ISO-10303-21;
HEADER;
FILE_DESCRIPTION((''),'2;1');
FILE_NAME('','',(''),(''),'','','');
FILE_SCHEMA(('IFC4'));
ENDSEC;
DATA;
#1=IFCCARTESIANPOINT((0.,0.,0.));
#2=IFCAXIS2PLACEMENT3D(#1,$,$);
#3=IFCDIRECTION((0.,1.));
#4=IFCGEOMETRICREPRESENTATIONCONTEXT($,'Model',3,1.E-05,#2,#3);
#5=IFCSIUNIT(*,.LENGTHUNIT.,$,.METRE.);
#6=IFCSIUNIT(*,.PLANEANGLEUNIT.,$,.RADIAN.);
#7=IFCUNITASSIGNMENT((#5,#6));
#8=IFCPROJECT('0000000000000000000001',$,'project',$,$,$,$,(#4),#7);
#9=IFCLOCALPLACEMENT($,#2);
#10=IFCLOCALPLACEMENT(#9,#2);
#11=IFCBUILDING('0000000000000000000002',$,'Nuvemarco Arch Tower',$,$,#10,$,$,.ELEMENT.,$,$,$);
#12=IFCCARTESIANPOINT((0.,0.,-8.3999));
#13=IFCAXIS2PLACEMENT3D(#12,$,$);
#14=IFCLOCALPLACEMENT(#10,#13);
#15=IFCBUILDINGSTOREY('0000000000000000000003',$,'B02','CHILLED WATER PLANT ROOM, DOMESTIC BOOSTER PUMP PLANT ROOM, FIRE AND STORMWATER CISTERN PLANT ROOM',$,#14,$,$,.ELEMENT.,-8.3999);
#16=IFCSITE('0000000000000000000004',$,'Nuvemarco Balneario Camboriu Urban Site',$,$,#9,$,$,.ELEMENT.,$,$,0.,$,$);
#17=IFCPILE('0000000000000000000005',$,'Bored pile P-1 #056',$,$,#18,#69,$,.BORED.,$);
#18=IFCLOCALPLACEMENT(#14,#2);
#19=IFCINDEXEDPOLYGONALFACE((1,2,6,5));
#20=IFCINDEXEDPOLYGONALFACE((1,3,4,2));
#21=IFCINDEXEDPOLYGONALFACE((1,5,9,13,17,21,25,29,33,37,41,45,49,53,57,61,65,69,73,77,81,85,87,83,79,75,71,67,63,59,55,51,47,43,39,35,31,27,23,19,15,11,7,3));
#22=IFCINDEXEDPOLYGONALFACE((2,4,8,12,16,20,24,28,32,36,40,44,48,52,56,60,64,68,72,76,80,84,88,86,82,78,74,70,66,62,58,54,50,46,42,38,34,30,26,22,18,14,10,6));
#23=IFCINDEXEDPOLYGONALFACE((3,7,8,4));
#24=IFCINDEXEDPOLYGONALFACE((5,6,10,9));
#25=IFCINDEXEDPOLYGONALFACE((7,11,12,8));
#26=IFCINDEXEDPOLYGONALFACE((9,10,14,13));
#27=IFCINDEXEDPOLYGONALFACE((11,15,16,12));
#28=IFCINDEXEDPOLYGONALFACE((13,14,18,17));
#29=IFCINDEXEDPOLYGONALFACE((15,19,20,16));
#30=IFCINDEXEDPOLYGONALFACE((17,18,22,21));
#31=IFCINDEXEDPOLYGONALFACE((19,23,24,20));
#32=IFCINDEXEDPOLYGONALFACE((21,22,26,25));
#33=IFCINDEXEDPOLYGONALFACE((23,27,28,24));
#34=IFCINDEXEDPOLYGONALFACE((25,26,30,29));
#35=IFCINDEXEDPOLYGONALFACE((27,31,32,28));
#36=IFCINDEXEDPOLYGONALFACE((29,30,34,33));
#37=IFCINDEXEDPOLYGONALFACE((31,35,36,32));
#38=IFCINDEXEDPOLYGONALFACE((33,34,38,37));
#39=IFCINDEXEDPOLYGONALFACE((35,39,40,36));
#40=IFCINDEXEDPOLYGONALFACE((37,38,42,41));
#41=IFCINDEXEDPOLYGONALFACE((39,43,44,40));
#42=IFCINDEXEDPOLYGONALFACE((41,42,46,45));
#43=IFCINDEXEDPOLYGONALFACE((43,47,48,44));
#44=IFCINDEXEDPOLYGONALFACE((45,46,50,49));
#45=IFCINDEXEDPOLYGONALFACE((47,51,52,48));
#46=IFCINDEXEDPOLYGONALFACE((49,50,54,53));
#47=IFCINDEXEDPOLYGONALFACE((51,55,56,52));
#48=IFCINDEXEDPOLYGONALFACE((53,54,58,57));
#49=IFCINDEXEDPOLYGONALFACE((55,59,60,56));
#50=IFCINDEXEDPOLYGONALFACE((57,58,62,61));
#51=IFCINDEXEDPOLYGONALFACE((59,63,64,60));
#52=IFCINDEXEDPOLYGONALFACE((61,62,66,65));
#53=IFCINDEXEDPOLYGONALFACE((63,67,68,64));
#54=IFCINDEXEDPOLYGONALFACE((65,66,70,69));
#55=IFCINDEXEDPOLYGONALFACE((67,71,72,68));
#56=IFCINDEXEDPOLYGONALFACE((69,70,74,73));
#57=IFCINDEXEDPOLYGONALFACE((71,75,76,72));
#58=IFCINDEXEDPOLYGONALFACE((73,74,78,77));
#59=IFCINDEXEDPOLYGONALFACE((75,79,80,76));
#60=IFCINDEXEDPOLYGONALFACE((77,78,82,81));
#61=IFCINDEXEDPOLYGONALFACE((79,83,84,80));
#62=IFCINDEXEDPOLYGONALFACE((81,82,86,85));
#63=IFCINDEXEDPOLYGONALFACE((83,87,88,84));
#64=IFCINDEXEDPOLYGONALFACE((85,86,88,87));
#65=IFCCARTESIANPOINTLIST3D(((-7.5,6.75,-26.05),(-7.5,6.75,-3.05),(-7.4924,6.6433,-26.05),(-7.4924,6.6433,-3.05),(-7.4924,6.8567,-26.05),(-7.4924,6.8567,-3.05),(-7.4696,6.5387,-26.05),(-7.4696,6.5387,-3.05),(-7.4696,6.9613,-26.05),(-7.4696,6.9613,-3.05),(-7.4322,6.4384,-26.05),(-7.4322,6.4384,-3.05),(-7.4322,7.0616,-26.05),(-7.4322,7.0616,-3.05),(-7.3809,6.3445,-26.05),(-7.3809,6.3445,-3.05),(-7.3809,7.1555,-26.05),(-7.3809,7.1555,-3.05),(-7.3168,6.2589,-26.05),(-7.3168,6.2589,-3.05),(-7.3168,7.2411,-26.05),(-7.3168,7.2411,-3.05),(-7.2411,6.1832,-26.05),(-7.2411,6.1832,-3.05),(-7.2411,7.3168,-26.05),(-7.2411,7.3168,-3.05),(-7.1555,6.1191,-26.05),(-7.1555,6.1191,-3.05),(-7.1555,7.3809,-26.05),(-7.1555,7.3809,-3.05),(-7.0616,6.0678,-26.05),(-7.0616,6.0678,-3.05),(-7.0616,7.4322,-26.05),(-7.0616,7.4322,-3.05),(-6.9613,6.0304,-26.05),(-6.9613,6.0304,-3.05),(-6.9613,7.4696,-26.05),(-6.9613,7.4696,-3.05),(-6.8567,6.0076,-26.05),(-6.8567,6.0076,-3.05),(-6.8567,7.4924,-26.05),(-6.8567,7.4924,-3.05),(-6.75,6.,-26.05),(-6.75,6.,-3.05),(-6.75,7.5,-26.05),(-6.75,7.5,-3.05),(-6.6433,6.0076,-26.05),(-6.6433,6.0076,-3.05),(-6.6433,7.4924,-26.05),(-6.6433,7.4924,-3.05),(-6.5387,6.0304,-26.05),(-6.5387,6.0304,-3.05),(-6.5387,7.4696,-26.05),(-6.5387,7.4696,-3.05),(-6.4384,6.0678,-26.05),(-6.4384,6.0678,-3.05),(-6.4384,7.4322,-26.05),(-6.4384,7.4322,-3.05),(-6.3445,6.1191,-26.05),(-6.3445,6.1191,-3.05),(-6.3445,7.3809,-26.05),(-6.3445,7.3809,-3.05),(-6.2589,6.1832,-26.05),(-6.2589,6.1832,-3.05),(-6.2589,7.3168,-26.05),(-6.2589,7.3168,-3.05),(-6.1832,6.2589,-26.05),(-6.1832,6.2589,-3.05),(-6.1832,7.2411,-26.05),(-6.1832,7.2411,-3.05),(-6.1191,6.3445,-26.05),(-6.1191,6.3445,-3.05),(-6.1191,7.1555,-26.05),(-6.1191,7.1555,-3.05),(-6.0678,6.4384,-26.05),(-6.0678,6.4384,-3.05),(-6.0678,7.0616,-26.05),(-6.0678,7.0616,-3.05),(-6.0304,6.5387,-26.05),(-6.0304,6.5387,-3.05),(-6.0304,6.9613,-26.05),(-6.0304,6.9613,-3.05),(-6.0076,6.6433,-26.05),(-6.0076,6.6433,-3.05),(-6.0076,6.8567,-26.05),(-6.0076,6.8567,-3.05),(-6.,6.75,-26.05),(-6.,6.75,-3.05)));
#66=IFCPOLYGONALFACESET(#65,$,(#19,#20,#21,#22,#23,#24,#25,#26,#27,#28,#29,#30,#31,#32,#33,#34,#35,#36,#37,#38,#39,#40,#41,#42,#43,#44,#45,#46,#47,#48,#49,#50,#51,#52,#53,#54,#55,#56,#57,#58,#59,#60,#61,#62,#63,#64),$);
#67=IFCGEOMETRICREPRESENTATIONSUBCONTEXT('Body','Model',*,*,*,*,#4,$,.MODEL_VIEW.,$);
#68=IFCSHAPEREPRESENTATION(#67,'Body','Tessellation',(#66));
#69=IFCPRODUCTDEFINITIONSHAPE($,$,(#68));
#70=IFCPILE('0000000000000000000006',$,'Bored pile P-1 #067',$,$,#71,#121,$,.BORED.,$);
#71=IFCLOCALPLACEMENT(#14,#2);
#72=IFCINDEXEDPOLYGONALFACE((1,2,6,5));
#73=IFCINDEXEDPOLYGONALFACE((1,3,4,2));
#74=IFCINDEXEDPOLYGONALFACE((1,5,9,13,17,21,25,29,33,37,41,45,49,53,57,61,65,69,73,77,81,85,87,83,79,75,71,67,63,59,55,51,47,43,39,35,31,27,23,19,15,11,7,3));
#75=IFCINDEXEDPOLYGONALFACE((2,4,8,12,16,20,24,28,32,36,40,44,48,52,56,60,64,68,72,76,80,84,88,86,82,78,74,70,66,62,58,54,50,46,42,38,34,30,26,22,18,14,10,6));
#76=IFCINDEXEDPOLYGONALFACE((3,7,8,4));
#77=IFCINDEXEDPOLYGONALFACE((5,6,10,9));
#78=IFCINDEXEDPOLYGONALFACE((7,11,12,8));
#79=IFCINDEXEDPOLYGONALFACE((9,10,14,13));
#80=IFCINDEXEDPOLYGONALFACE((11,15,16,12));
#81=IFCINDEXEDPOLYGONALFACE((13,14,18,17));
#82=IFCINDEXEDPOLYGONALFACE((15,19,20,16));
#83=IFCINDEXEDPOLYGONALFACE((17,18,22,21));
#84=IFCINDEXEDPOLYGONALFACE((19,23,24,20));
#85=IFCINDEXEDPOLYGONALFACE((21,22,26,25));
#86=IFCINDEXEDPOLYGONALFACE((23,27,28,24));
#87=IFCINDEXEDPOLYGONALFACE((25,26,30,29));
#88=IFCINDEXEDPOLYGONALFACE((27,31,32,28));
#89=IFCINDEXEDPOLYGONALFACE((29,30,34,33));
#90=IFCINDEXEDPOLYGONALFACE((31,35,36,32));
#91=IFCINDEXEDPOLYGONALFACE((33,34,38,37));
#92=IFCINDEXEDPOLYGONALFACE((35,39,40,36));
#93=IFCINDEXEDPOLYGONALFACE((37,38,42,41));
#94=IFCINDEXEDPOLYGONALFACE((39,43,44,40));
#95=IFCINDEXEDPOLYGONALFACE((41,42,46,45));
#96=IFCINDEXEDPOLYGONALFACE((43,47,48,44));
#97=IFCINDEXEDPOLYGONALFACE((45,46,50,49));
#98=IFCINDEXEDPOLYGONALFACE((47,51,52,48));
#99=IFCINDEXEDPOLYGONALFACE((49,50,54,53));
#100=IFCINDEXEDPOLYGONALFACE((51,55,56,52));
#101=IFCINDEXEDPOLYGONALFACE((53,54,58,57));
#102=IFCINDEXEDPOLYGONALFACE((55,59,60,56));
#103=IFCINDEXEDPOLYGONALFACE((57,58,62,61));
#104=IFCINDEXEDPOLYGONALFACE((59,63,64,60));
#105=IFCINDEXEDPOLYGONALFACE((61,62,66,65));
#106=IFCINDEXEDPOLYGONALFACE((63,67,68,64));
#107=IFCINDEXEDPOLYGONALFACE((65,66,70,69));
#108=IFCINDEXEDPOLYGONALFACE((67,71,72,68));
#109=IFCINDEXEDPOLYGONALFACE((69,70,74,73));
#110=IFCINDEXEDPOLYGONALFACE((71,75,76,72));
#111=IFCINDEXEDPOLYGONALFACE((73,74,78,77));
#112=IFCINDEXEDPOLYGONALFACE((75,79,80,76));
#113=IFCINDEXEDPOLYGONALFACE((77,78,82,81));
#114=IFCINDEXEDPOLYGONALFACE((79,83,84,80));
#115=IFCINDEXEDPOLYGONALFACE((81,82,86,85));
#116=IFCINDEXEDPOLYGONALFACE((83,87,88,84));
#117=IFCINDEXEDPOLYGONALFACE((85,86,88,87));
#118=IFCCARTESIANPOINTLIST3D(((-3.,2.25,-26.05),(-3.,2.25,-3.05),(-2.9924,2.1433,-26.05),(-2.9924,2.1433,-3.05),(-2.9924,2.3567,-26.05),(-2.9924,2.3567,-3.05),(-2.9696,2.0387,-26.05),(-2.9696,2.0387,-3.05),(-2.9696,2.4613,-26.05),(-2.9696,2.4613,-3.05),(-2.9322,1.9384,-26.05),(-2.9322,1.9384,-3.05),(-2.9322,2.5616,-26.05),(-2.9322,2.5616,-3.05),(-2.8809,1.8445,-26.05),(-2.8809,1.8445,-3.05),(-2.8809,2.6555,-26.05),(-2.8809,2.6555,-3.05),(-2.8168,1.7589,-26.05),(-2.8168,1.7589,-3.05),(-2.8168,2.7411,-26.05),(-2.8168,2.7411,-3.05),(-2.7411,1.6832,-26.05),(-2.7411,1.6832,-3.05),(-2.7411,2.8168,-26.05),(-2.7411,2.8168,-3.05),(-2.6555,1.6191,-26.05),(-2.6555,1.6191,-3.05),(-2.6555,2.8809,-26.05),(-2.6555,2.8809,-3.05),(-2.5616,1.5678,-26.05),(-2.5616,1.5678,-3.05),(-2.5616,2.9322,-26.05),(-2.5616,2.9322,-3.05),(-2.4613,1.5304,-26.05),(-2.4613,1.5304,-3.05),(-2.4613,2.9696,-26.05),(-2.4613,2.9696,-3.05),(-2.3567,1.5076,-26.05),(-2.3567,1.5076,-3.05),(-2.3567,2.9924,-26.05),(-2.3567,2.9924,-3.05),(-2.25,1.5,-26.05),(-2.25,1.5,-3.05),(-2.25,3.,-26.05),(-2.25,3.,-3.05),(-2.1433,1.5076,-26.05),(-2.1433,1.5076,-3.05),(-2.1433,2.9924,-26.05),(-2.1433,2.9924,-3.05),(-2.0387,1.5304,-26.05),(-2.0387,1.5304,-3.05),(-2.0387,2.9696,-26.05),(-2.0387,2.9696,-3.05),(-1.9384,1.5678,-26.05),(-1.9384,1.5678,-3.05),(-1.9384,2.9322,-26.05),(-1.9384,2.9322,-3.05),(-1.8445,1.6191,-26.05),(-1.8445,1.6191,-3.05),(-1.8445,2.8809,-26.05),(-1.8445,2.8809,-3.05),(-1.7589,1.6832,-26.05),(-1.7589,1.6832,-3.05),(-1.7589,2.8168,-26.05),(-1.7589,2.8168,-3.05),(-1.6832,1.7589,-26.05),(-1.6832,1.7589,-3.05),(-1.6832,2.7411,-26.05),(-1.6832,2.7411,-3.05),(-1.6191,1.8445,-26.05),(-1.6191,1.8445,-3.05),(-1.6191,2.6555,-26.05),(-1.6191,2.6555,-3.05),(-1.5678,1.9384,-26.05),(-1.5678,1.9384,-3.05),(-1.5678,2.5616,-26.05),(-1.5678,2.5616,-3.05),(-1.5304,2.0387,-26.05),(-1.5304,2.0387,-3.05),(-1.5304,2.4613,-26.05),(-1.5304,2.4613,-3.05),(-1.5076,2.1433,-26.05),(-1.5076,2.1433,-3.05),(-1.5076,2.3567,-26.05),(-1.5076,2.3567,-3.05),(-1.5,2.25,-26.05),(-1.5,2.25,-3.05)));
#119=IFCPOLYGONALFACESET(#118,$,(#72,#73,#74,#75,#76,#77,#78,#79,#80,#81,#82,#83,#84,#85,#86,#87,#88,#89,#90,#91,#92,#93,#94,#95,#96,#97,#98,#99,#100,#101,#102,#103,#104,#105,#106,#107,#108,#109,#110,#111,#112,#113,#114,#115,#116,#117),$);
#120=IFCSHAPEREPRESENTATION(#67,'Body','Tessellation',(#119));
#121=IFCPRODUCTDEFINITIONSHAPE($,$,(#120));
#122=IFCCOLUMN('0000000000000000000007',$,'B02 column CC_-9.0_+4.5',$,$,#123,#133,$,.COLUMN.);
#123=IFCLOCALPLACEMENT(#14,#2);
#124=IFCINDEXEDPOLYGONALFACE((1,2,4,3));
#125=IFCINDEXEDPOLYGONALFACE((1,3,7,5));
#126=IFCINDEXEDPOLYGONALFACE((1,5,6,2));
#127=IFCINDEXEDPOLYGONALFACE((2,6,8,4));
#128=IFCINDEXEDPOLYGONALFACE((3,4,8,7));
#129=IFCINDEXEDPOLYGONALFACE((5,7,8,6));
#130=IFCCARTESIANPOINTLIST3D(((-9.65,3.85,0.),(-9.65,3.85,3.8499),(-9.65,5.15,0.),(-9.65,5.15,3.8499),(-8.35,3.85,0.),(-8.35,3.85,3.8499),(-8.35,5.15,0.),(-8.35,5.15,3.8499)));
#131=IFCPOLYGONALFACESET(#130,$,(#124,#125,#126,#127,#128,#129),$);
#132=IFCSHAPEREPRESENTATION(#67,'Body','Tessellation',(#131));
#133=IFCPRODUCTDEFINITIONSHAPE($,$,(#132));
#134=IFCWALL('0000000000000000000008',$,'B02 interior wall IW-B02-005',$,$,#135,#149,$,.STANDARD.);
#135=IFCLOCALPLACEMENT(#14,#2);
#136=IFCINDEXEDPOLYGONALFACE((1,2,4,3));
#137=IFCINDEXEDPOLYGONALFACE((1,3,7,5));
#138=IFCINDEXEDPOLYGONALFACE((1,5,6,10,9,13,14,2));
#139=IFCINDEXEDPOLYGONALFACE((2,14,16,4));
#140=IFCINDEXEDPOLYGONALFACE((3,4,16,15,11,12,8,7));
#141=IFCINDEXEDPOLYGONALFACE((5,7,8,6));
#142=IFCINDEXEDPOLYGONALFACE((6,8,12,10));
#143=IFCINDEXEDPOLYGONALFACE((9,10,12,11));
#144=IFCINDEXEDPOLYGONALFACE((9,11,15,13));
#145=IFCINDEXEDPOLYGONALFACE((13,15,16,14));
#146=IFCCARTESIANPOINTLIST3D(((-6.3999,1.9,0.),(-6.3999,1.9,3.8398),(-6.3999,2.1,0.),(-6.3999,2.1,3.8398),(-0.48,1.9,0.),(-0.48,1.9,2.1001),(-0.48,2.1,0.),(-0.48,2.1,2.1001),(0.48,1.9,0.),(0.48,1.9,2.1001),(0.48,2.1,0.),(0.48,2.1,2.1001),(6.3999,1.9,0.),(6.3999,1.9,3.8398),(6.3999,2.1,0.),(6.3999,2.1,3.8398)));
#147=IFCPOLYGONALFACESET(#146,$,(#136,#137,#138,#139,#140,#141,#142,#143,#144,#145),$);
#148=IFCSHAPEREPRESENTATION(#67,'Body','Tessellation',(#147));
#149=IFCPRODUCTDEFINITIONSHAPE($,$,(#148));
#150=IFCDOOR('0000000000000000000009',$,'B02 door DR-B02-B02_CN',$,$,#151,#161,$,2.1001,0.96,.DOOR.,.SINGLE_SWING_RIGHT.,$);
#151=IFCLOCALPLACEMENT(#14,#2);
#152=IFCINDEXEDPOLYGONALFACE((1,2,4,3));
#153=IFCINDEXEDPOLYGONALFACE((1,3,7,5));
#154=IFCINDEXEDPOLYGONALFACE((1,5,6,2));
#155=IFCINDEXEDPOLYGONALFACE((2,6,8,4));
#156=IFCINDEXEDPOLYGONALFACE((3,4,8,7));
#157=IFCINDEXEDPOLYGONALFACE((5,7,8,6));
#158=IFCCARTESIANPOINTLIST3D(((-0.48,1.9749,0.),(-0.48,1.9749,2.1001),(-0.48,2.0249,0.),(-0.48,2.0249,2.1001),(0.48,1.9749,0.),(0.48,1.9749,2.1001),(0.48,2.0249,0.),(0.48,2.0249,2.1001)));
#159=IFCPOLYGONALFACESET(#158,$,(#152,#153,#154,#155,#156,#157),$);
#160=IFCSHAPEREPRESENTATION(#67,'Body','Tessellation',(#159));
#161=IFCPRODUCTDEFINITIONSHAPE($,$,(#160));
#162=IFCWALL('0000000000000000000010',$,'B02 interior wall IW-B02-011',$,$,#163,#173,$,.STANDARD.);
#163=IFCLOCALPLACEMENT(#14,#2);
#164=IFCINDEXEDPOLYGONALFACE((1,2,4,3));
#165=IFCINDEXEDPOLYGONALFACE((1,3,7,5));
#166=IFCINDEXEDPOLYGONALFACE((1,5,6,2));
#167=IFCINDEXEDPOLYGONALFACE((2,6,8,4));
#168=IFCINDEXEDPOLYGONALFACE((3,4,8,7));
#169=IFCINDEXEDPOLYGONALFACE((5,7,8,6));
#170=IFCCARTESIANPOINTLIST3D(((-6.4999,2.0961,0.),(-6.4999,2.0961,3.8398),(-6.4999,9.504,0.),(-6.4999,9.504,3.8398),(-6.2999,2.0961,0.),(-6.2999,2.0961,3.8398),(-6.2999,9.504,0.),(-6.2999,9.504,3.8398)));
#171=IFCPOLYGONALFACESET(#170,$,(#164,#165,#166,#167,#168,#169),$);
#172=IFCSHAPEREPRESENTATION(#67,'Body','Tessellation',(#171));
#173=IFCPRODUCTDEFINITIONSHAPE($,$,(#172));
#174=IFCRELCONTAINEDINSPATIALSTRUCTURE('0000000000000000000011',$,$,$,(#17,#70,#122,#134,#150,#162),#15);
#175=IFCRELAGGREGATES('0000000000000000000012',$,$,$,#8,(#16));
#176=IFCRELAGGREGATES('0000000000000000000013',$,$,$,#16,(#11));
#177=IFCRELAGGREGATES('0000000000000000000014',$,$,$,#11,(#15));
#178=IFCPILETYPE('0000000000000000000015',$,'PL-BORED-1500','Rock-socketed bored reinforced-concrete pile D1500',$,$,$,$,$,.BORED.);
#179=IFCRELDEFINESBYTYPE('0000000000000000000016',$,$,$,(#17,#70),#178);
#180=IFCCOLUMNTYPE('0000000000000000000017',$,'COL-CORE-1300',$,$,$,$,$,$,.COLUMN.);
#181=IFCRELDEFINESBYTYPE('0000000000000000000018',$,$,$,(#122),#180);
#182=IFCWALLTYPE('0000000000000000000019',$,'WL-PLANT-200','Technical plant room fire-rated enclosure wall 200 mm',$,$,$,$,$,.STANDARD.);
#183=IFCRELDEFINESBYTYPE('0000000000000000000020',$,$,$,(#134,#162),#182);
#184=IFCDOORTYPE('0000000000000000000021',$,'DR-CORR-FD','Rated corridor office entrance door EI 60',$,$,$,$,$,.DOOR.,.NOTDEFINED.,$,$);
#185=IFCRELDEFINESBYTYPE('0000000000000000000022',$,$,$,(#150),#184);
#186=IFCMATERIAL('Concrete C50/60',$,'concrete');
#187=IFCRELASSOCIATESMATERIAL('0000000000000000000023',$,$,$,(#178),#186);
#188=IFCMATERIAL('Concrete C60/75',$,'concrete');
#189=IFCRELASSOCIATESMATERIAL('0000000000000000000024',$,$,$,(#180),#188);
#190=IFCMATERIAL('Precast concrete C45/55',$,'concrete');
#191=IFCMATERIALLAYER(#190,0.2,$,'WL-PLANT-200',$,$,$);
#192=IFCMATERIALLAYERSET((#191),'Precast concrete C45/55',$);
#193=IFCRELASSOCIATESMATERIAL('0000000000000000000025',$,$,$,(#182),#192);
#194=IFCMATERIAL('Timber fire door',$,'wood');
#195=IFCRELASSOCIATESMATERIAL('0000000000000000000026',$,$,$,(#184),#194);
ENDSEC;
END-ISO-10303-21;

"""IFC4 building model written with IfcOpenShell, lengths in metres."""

from ifc_helpers import new_model, si_unit, direction, frame, frame_2d, origin, origin_2d, place, context, subcontext, project, spatial, rectangle, circle, extrude, source, transform, mapped, material, layer, layer_set, material_profile, profile_set, type_object, type_shapes, element, fill, save


model = new_model("IFC4")

# Units and contexts
model_context = context("Model", 3, precision=1e-05, world=origin(), true_north=direction((0.0, 1.0)))
body_context = subcontext(model_context, "Body", "Model", "MODEL_VIEW")
ifc_project = project(units=[si_unit("LENGTHUNIT", "METRE"), si_unit("PLANEANGLEUNIT", "RADIAN")], contexts=[model_context])

# Site, building, storey
site_placement = place(None, origin())
site = spatial("IfcSite", under=ifc_project, at=site_placement, Name="Nuvemarco Balneario Camboriu Urban Site", CompositionType="ELEMENT", RefElevation=0.0)
building_placement = place(site_placement, origin())
building = spatial("IfcBuilding", under=site, at=building_placement, Name="Nuvemarco Arch Tower", CompositionType="ELEMENT")
storey_placement = place(building_placement, frame((0.0, 0.0, -8.3999)))
storey = spatial("IfcBuildingStorey", under=building, at=storey_placement, Name="B02", Description="CHILLED WATER PLANT ROOM, DOMESTIC BOOSTER PUMP PLANT ROOM, FIRE AND STORMWATER CISTERN PLANT ROOM", CompositionType="ELEMENT", Elevation=-8.3999)

# Piles
ifc_material_1 = material(Name="Concrete C50/60", Category="concrete")
ifc_material_profile_1 = material_profile(ifc_material_1, circle(Radius=0.75, at=origin_2d()), Name="PILE-D1500")
ifc_profile_set_1 = profile_set([ifc_material_profile_1], Name="Concrete C50/60")
pile_type = type_object("IfcPileType", Name="PL-BORED-1500", Description="Rock-socketed bored reinforced-concrete pile D1500", PredefinedType="BORED", material=ifc_profile_set_1)
for number, where, z_axis, x_axis, name in (
    (1, (-6.75, 6.75, -3.05), (0.0, 0.0, -1.0), (1.0, 0.0, 0.0), "Bored pile P-1 #056"),
    (2, (-2.25, 2.25, -3.05), (0.0, 0.0, -1.0), (1.0, 0.0, 0.0), "Bored pile P-1 #067"),
):
    element("IfcPile", number, at=place(storey_placement, frame(where, z_axis=z_axis, x_axis=x_axis)), inside=storey, type_object=pile_type, Name=name, PredefinedType="BORED", context=body_context, shape_type="SweptSolid", body=[
        extrude(circle(Radius=0.75, at=origin_2d()), origin(), (0.0, 0.0, 1.0), 23.0),
    ])

# Column
ifc_material_2 = material(Name="Concrete C60/75", Category="concrete")
ifc_material_profile_2 = material_profile(ifc_material_2, rectangle(XDim=1.3, YDim=1.3, at=origin_2d()), Name="RC-COL-1300x1300")
ifc_profile_set_2 = profile_set([ifc_material_profile_2], Name="Concrete C60/75")
column_type = type_object("IfcColumnType", Name="COL-CORE-1300", PredefinedType="COLUMN", material=ifc_profile_set_2)
column_placement = place(storey_placement, frame((-9.0, 4.5, 0.0), z_axis=(0.0, 0.0, 1.0), x_axis=(1.0, 0.0, 0.0)))
element("IfcColumn", 3, at=column_placement, inside=storey, type_object=column_type, Name="B02 column CC_-9.0_+4.5", PredefinedType="COLUMN", context=body_context, shape_type="SweptSolid", body=[
    extrude(rectangle(XDim=1.3, YDim=1.3, at=origin_2d()), origin(), (0.0, 0.0, 1.0), 3.8499),
])

# Wall, opening, door
ifc_material_3 = material(Name="Precast concrete C45/55", Category="concrete")
ifc_layer_1 = layer(ifc_material_3, 0.2, Name="WL-PLANT-200")
ifc_layer_set_1 = layer_set([ifc_layer_1], Name="Precast concrete C45/55")
wall_type_1 = type_object("IfcWallType", Name="WL-PLANT-200", Description="Technical plant room fire-rated enclosure wall 200 mm", PredefinedType="STANDARD", material=ifc_layer_set_1)
wall_1_placement = place(storey_placement, frame((-6.3999, 2.0, 0.0), z_axis=(0.0, 0.0, 1.0), x_axis=(1.0, 0.0, 0.0)))
wall_1 = element("IfcWall", 4, at=wall_1_placement, inside=storey, type_object=wall_type_1, Name="B02 interior wall IW-B02-005", PredefinedType="STANDARD", context=body_context, shape_type="SweptSolid", body=[
    extrude(rectangle(XDim=12.7998, YDim=0.2, at=frame_2d((6.3999, 0.0))), origin(), (0.0, 0.0, 1.0), 3.8398),
])
opening_1_placement = place(wall_1_placement, frame((5.9199, 0.0, 0.0)))
opening_1 = element("IfcOpeningElement", 5, at=opening_1_placement, cuts=wall_1, PredefinedType="OPENING", context=body_context, shape_type="SweptSolid", body=[
    extrude(rectangle(XDim=0.96, YDim=2.1001, at=frame_2d((0.48, 1.05))), frame((0.0, 0.1099, 0.0), z_axis=(0.0, -1.0, 0.0), x_axis=(1.0, 0.0, 0.0)), (0.0, 0.0, 1.0), 0.22),
])
ifc_material_4 = material(Name="Timber fire door", Category="wood")
door_type_1 = type_object("IfcDoorType", Name="DR-CORR-FD", Description="Rated corridor office entrance door EI 60", OperationType="NOTDEFINED", PredefinedType="DOOR", material=ifc_material_4)
shared_shape_1 = source(origin(), body_context, "Body", "SweptSolid", [
    extrude(rectangle(XDim=0.96, YDim=2.1001, at=frame_2d((0.48, 1.05))), frame((0.0, 0.0249, 0.0), z_axis=(0.0, -1.0, 0.0), x_axis=(1.0, 0.0, 0.0)), (0.0, 0.0, 1.0), 0.05),
])
type_shapes(door_type_1, [shared_shape_1])
door_1_placement = place(opening_1_placement, origin())
door_1 = element("IfcDoor", 6, at=door_1_placement, inside=storey, type_object=door_type_1, Name="B02 door DR-B02-B02_CN", OperationType="SINGLE_SWING_RIGHT", OverallHeight=2.1001, OverallWidth=0.96, PredefinedType="DOOR", context=body_context, shape_type="MappedRepresentation", body=[
    mapped(shared_shape_1, transform((0.0, 0.0, 0.0), scale=1.0)),
])
fill(opening_1, door_1)

# Wall
wall_2_placement = place(storey_placement, frame((-6.3999, 2.0959, 0.0), z_axis=(0.0, 0.0, 1.0), x_axis=(0.0, 1.0, 0.0)))
element("IfcWall", 7, at=wall_2_placement, inside=storey, type_object=wall_type_1, Name="B02 interior wall IW-B02-011", PredefinedType="STANDARD", context=body_context, shape_type="SweptSolid", body=[
    extrude(rectangle(XDim=7.408, YDim=0.2, at=frame_2d((3.7041, 0.0))), origin(), (0.0, 0.0, 1.0), 3.8398),
])

save(model, "model.ifc")
